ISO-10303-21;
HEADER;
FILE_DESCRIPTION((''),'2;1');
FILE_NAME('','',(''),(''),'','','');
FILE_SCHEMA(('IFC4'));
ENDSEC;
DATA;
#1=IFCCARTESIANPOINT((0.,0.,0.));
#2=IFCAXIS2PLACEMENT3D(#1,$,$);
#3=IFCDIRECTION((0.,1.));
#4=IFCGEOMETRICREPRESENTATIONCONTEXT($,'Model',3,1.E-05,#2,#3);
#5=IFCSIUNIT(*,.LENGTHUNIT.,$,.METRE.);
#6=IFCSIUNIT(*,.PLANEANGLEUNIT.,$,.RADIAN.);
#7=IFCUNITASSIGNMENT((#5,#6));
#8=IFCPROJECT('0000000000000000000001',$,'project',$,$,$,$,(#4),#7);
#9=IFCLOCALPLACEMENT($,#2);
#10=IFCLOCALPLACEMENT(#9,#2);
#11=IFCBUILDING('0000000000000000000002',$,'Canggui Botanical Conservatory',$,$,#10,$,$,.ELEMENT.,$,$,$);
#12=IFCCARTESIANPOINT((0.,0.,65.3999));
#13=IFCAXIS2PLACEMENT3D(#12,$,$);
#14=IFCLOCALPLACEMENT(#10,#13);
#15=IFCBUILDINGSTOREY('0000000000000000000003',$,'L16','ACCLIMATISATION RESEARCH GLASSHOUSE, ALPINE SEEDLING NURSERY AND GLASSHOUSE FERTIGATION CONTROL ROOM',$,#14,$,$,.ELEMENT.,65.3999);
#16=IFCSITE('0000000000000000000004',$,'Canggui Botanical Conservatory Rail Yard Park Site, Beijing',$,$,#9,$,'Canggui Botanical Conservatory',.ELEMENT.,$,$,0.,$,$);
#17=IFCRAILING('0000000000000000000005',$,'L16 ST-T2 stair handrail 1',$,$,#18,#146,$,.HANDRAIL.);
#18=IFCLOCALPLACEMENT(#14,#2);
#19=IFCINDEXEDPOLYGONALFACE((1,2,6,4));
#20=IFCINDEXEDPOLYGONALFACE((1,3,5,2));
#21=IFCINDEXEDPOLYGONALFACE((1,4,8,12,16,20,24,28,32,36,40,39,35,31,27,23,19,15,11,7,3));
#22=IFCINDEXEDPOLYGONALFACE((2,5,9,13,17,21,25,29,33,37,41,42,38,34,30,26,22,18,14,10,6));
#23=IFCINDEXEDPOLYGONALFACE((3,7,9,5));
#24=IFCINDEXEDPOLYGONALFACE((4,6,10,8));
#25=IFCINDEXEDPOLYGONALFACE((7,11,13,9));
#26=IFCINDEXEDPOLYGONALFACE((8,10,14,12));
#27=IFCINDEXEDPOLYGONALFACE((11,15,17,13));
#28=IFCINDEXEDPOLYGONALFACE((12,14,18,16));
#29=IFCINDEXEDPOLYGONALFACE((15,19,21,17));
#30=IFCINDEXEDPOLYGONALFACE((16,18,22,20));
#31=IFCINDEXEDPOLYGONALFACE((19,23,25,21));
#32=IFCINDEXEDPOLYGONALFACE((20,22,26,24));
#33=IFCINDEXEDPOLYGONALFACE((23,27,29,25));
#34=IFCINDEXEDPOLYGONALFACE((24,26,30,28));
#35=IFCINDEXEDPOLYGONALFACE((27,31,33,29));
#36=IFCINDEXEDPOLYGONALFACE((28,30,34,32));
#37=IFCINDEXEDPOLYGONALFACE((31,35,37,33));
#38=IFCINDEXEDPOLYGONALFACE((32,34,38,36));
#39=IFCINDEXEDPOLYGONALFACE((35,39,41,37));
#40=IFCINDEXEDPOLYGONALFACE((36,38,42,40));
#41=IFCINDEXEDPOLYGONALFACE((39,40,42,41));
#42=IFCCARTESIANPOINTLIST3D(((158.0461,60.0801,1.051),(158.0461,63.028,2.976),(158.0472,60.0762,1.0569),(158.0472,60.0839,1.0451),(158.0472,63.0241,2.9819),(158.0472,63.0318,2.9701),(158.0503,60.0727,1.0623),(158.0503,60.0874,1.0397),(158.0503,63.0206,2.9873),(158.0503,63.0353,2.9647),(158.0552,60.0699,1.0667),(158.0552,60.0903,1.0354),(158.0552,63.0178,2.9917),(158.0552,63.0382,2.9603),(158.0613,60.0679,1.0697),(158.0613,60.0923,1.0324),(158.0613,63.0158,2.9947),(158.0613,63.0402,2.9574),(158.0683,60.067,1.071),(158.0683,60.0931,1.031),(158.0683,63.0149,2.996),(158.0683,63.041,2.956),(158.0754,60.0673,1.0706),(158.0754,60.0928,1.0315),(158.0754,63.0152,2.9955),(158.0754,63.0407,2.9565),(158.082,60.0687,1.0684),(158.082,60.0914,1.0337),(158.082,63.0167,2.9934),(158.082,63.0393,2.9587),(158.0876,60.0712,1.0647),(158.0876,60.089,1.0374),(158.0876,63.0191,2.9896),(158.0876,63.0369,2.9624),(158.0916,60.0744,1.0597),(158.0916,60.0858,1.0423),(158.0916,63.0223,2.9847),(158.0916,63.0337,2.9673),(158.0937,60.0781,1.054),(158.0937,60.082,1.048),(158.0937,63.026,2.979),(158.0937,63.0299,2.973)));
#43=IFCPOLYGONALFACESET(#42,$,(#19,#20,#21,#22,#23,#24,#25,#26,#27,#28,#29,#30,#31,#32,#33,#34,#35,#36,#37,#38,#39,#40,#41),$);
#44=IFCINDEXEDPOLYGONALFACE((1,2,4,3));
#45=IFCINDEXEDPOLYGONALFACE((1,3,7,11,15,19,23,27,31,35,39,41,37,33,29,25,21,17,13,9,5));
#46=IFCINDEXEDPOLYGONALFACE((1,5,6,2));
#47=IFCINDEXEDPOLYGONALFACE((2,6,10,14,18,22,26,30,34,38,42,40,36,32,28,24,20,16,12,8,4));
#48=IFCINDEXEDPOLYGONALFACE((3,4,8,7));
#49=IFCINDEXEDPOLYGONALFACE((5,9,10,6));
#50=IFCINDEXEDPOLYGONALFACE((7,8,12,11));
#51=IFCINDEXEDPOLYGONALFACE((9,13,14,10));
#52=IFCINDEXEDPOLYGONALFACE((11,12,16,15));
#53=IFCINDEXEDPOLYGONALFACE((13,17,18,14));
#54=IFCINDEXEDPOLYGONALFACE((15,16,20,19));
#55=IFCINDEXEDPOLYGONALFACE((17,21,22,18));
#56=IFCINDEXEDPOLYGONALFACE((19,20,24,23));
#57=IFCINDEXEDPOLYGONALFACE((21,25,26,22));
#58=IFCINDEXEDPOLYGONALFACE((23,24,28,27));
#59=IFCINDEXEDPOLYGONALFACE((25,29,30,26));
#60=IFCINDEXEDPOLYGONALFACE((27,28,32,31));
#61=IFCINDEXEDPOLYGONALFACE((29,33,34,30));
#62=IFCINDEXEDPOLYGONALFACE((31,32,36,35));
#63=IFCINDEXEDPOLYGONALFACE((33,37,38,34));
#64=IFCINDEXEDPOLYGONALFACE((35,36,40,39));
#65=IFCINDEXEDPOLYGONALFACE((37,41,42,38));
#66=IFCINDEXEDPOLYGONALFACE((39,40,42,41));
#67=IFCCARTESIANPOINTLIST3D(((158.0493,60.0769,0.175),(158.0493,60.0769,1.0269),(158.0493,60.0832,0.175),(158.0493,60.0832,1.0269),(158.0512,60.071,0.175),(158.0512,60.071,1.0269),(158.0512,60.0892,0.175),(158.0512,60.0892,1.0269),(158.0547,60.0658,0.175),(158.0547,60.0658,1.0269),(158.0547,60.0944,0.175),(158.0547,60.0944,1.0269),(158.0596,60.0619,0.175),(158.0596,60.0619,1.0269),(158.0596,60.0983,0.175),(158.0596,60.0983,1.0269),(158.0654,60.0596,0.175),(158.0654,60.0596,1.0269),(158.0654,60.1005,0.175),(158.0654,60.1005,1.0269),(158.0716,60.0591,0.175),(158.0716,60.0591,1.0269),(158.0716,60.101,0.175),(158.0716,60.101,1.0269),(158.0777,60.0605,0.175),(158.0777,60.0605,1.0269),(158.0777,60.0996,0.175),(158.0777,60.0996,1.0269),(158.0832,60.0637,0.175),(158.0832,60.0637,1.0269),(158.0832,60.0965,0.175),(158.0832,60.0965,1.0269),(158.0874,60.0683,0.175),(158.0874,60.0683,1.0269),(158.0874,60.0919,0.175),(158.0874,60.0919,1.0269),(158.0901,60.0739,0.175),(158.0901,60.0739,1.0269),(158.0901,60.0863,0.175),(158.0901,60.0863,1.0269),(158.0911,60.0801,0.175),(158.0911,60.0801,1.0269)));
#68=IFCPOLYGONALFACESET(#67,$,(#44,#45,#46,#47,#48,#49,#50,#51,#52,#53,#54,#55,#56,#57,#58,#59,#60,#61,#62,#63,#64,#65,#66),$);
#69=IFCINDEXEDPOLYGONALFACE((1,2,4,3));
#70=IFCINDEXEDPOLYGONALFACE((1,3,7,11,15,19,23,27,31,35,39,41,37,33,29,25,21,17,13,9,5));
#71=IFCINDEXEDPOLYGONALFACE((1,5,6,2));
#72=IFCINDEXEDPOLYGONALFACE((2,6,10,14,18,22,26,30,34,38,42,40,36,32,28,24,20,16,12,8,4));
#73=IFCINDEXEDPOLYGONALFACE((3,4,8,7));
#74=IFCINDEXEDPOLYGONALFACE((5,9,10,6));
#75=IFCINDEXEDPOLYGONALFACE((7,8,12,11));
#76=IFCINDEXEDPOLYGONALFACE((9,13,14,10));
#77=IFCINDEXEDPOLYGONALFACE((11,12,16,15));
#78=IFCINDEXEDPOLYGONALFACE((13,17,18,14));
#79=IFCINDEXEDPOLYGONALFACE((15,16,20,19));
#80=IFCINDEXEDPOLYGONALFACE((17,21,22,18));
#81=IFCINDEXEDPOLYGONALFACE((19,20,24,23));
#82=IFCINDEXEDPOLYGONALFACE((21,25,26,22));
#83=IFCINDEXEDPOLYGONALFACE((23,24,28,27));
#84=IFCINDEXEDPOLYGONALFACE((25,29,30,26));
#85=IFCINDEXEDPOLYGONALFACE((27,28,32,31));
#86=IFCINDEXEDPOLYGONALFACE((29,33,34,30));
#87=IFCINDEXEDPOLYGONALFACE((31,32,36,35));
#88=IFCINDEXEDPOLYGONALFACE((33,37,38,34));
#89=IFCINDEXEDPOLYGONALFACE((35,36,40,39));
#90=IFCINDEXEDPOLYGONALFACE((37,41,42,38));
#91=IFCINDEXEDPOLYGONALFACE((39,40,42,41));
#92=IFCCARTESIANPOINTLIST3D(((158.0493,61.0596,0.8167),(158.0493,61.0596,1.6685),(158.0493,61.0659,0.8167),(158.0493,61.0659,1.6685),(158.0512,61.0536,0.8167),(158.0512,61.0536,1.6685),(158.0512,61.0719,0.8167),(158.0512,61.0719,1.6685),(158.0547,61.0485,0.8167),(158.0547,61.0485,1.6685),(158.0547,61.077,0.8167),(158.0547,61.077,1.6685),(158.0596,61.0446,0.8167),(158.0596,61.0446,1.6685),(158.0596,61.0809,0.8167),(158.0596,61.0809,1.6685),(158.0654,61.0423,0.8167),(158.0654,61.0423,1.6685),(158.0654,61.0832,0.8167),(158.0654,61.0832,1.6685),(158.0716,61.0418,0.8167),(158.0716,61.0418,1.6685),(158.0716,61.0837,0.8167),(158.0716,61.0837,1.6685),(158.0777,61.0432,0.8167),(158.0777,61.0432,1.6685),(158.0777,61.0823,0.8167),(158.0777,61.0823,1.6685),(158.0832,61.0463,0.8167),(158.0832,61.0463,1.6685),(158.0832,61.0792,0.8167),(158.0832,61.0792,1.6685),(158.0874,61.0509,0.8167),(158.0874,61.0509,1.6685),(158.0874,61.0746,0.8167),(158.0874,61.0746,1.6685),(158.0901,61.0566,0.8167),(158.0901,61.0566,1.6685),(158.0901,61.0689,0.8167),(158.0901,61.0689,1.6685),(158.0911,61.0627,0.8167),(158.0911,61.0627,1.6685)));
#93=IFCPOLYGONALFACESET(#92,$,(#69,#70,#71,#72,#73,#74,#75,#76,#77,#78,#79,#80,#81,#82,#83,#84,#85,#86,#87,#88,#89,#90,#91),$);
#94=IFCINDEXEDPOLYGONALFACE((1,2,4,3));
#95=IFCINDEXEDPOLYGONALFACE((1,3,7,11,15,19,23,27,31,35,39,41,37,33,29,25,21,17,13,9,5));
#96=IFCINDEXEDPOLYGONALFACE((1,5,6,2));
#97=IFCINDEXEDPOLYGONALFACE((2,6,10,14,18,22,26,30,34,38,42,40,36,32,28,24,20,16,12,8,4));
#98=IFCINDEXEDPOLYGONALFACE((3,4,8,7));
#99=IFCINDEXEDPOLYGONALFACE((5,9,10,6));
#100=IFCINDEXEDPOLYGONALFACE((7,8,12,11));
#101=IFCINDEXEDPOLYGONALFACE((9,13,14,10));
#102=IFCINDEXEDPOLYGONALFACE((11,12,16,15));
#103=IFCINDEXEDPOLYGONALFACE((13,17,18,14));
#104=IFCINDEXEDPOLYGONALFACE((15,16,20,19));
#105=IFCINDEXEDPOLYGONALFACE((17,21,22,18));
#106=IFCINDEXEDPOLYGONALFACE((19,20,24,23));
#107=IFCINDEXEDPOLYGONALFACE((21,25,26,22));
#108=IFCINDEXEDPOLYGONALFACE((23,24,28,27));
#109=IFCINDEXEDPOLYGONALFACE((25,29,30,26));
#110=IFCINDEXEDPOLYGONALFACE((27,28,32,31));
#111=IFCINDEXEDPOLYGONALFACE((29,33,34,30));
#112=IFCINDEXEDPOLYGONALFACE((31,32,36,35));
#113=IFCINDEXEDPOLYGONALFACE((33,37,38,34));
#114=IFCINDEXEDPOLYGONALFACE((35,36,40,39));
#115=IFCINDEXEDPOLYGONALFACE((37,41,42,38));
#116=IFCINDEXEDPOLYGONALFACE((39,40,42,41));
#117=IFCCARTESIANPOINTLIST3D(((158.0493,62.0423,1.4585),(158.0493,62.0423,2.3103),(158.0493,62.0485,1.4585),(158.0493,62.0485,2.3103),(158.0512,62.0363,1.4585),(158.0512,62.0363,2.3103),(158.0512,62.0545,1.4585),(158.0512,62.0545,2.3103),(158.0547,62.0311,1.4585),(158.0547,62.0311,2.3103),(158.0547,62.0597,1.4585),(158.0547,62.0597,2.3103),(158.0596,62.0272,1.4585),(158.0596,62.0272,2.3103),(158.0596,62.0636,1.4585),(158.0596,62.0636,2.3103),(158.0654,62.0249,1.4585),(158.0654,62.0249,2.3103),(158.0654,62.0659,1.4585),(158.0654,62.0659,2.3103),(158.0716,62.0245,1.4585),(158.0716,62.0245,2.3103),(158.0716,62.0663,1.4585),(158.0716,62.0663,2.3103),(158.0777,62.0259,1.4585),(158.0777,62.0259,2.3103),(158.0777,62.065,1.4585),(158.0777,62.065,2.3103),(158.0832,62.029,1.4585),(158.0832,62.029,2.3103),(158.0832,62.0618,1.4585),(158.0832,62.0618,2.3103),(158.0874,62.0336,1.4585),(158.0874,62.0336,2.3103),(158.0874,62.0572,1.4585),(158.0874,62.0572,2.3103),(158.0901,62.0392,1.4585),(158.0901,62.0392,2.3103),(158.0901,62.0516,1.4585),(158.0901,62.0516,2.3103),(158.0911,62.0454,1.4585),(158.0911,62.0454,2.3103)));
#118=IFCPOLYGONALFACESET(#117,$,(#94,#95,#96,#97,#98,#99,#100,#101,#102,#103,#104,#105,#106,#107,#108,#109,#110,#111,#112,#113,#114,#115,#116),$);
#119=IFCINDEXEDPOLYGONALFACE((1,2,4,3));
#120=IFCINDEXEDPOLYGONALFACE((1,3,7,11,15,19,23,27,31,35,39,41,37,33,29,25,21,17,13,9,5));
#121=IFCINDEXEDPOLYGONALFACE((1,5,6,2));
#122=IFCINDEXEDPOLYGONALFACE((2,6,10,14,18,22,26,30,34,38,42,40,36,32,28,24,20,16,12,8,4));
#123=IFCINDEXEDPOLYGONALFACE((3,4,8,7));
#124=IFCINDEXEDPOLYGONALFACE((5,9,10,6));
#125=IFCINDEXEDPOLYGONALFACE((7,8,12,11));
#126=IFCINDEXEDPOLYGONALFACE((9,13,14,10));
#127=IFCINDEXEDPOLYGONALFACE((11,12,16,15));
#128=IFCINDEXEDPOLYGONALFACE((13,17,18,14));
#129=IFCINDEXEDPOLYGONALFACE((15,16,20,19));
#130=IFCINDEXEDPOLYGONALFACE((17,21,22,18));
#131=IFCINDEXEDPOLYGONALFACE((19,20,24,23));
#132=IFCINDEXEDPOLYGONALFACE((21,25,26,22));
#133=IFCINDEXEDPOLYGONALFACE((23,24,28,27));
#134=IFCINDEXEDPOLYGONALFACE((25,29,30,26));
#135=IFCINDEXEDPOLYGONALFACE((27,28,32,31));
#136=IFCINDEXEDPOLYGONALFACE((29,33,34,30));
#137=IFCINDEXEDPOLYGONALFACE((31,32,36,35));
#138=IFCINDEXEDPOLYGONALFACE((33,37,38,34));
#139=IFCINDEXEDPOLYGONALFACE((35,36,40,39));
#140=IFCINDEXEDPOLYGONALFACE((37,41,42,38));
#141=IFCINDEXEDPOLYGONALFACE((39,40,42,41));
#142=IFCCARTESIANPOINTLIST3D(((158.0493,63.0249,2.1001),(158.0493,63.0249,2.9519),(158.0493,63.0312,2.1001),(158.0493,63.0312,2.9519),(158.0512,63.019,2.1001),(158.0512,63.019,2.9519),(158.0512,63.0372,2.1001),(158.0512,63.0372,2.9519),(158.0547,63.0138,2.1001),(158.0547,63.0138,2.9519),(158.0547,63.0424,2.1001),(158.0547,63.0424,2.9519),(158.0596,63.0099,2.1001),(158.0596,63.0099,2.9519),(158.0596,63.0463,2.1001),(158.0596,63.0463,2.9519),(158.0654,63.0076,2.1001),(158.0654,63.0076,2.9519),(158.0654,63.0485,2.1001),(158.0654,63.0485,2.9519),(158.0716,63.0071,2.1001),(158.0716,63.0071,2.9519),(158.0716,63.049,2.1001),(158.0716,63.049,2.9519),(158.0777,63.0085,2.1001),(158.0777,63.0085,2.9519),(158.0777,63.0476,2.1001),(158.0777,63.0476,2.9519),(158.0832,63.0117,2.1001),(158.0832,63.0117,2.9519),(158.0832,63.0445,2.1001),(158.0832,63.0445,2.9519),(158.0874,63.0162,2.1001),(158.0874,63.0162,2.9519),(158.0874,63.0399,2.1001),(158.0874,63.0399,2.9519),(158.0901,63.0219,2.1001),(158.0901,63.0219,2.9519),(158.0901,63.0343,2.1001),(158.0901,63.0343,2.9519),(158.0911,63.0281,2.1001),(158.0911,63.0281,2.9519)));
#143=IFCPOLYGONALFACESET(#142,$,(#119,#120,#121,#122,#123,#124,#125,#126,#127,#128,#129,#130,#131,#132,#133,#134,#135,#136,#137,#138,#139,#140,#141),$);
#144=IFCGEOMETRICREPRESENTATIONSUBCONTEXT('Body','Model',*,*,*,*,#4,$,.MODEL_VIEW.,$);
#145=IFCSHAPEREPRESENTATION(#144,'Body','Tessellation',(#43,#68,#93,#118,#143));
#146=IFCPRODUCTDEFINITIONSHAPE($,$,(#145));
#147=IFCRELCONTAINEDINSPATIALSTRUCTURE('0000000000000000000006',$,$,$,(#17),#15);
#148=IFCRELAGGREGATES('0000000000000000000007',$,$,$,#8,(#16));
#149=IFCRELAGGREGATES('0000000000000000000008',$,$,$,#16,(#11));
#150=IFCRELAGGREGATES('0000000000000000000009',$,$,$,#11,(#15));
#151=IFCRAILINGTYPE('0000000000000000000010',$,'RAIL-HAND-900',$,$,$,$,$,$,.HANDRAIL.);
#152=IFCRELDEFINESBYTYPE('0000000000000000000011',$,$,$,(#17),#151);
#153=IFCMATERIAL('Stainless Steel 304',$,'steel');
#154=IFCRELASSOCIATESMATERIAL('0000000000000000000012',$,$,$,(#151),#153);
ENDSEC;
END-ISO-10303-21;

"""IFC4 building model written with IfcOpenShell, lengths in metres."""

from ifc_helpers import new_model, si_unit, direction, frame, origin, origin_2d, place, context, subcontext, project, spatial, circle, extrude, material, type_object, element, save


model = new_model("IFC4")

# Units and contexts
model_context = context("Model", 3, precision=1e-05, world=origin(), true_north=direction((0.0, 1.0)))
body_context = subcontext(model_context, "Body", "Model", "MODEL_VIEW")
ifc_project = project(units=[si_unit("LENGTHUNIT", "METRE"), si_unit("PLANEANGLEUNIT", "RADIAN")], contexts=[model_context])

# Site, building, storey
site_placement = place(None, origin())
site = spatial("IfcSite", under=ifc_project, at=site_placement, Name="Canggui Botanical Conservatory Rail Yard Park Site, Beijing", LongName="Canggui Botanical Conservatory", CompositionType="ELEMENT", RefElevation=0.0)
building_placement = place(site_placement, origin())
building = spatial("IfcBuilding", under=site, at=building_placement, Name="Canggui Botanical Conservatory", CompositionType="ELEMENT")
storey_placement = place(building_placement, frame((0.0, 0.0, 65.3999)))
storey = spatial("IfcBuildingStorey", under=building, at=storey_placement, Name="L16", Description="ACCLIMATISATION RESEARCH GLASSHOUSE, ALPINE SEEDLING NURSERY AND GLASSHOUSE FERTIGATION CONTROL ROOM", CompositionType="ELEMENT", Elevation=65.3999)

# Shared definitions
ifc_material_1 = material(Name="Stainless Steel 304", Category="steel")

# Railing
railing_type_1 = type_object("IfcRailingType", Name="RAIL-HAND-900", PredefinedType="HANDRAIL", material=ifc_material_1)
railing_1_placement = place(storey_placement, frame((158.0701, 60.0801, 0.175)))
element("IfcRailing", 1, at=railing_1_placement, inside=storey, type_object=railing_type_1, Name="L16 ST-T2 stair handrail 1", PredefinedType="HANDRAIL", context=body_context, shape_type="SweptSolid", body=[
    extrude(circle(Radius=0.0239, at=origin_2d()), frame((0.0, 0.0, 0.876), z_axis=(0.0, 0.837293, 0.546754), x_axis=(-1.0, 0.0, 0.0)), (0.0, 0.0, 1.0), 3.5208),
    extrude(circle(Radius=0.021, at=origin_2d()), origin(), (0.0, 0.0, 1.0), 0.8518),
    extrude(circle(Radius=0.021, at=origin_2d()), frame((0.0, 0.9827, 0.6416)), (0.0, 0.0, 1.0), 0.8518),
    extrude(circle(Radius=0.021, at=origin_2d()), frame((0.0, 1.9653, 1.2834)), (0.0, 0.0, 1.0), 0.8518),
    extrude(circle(Radius=0.021, at=origin_2d()), frame((0.0, 2.948, 1.925)), (0.0, 0.0, 1.0), 0.8518),
])

save(model, "model.ifc")
